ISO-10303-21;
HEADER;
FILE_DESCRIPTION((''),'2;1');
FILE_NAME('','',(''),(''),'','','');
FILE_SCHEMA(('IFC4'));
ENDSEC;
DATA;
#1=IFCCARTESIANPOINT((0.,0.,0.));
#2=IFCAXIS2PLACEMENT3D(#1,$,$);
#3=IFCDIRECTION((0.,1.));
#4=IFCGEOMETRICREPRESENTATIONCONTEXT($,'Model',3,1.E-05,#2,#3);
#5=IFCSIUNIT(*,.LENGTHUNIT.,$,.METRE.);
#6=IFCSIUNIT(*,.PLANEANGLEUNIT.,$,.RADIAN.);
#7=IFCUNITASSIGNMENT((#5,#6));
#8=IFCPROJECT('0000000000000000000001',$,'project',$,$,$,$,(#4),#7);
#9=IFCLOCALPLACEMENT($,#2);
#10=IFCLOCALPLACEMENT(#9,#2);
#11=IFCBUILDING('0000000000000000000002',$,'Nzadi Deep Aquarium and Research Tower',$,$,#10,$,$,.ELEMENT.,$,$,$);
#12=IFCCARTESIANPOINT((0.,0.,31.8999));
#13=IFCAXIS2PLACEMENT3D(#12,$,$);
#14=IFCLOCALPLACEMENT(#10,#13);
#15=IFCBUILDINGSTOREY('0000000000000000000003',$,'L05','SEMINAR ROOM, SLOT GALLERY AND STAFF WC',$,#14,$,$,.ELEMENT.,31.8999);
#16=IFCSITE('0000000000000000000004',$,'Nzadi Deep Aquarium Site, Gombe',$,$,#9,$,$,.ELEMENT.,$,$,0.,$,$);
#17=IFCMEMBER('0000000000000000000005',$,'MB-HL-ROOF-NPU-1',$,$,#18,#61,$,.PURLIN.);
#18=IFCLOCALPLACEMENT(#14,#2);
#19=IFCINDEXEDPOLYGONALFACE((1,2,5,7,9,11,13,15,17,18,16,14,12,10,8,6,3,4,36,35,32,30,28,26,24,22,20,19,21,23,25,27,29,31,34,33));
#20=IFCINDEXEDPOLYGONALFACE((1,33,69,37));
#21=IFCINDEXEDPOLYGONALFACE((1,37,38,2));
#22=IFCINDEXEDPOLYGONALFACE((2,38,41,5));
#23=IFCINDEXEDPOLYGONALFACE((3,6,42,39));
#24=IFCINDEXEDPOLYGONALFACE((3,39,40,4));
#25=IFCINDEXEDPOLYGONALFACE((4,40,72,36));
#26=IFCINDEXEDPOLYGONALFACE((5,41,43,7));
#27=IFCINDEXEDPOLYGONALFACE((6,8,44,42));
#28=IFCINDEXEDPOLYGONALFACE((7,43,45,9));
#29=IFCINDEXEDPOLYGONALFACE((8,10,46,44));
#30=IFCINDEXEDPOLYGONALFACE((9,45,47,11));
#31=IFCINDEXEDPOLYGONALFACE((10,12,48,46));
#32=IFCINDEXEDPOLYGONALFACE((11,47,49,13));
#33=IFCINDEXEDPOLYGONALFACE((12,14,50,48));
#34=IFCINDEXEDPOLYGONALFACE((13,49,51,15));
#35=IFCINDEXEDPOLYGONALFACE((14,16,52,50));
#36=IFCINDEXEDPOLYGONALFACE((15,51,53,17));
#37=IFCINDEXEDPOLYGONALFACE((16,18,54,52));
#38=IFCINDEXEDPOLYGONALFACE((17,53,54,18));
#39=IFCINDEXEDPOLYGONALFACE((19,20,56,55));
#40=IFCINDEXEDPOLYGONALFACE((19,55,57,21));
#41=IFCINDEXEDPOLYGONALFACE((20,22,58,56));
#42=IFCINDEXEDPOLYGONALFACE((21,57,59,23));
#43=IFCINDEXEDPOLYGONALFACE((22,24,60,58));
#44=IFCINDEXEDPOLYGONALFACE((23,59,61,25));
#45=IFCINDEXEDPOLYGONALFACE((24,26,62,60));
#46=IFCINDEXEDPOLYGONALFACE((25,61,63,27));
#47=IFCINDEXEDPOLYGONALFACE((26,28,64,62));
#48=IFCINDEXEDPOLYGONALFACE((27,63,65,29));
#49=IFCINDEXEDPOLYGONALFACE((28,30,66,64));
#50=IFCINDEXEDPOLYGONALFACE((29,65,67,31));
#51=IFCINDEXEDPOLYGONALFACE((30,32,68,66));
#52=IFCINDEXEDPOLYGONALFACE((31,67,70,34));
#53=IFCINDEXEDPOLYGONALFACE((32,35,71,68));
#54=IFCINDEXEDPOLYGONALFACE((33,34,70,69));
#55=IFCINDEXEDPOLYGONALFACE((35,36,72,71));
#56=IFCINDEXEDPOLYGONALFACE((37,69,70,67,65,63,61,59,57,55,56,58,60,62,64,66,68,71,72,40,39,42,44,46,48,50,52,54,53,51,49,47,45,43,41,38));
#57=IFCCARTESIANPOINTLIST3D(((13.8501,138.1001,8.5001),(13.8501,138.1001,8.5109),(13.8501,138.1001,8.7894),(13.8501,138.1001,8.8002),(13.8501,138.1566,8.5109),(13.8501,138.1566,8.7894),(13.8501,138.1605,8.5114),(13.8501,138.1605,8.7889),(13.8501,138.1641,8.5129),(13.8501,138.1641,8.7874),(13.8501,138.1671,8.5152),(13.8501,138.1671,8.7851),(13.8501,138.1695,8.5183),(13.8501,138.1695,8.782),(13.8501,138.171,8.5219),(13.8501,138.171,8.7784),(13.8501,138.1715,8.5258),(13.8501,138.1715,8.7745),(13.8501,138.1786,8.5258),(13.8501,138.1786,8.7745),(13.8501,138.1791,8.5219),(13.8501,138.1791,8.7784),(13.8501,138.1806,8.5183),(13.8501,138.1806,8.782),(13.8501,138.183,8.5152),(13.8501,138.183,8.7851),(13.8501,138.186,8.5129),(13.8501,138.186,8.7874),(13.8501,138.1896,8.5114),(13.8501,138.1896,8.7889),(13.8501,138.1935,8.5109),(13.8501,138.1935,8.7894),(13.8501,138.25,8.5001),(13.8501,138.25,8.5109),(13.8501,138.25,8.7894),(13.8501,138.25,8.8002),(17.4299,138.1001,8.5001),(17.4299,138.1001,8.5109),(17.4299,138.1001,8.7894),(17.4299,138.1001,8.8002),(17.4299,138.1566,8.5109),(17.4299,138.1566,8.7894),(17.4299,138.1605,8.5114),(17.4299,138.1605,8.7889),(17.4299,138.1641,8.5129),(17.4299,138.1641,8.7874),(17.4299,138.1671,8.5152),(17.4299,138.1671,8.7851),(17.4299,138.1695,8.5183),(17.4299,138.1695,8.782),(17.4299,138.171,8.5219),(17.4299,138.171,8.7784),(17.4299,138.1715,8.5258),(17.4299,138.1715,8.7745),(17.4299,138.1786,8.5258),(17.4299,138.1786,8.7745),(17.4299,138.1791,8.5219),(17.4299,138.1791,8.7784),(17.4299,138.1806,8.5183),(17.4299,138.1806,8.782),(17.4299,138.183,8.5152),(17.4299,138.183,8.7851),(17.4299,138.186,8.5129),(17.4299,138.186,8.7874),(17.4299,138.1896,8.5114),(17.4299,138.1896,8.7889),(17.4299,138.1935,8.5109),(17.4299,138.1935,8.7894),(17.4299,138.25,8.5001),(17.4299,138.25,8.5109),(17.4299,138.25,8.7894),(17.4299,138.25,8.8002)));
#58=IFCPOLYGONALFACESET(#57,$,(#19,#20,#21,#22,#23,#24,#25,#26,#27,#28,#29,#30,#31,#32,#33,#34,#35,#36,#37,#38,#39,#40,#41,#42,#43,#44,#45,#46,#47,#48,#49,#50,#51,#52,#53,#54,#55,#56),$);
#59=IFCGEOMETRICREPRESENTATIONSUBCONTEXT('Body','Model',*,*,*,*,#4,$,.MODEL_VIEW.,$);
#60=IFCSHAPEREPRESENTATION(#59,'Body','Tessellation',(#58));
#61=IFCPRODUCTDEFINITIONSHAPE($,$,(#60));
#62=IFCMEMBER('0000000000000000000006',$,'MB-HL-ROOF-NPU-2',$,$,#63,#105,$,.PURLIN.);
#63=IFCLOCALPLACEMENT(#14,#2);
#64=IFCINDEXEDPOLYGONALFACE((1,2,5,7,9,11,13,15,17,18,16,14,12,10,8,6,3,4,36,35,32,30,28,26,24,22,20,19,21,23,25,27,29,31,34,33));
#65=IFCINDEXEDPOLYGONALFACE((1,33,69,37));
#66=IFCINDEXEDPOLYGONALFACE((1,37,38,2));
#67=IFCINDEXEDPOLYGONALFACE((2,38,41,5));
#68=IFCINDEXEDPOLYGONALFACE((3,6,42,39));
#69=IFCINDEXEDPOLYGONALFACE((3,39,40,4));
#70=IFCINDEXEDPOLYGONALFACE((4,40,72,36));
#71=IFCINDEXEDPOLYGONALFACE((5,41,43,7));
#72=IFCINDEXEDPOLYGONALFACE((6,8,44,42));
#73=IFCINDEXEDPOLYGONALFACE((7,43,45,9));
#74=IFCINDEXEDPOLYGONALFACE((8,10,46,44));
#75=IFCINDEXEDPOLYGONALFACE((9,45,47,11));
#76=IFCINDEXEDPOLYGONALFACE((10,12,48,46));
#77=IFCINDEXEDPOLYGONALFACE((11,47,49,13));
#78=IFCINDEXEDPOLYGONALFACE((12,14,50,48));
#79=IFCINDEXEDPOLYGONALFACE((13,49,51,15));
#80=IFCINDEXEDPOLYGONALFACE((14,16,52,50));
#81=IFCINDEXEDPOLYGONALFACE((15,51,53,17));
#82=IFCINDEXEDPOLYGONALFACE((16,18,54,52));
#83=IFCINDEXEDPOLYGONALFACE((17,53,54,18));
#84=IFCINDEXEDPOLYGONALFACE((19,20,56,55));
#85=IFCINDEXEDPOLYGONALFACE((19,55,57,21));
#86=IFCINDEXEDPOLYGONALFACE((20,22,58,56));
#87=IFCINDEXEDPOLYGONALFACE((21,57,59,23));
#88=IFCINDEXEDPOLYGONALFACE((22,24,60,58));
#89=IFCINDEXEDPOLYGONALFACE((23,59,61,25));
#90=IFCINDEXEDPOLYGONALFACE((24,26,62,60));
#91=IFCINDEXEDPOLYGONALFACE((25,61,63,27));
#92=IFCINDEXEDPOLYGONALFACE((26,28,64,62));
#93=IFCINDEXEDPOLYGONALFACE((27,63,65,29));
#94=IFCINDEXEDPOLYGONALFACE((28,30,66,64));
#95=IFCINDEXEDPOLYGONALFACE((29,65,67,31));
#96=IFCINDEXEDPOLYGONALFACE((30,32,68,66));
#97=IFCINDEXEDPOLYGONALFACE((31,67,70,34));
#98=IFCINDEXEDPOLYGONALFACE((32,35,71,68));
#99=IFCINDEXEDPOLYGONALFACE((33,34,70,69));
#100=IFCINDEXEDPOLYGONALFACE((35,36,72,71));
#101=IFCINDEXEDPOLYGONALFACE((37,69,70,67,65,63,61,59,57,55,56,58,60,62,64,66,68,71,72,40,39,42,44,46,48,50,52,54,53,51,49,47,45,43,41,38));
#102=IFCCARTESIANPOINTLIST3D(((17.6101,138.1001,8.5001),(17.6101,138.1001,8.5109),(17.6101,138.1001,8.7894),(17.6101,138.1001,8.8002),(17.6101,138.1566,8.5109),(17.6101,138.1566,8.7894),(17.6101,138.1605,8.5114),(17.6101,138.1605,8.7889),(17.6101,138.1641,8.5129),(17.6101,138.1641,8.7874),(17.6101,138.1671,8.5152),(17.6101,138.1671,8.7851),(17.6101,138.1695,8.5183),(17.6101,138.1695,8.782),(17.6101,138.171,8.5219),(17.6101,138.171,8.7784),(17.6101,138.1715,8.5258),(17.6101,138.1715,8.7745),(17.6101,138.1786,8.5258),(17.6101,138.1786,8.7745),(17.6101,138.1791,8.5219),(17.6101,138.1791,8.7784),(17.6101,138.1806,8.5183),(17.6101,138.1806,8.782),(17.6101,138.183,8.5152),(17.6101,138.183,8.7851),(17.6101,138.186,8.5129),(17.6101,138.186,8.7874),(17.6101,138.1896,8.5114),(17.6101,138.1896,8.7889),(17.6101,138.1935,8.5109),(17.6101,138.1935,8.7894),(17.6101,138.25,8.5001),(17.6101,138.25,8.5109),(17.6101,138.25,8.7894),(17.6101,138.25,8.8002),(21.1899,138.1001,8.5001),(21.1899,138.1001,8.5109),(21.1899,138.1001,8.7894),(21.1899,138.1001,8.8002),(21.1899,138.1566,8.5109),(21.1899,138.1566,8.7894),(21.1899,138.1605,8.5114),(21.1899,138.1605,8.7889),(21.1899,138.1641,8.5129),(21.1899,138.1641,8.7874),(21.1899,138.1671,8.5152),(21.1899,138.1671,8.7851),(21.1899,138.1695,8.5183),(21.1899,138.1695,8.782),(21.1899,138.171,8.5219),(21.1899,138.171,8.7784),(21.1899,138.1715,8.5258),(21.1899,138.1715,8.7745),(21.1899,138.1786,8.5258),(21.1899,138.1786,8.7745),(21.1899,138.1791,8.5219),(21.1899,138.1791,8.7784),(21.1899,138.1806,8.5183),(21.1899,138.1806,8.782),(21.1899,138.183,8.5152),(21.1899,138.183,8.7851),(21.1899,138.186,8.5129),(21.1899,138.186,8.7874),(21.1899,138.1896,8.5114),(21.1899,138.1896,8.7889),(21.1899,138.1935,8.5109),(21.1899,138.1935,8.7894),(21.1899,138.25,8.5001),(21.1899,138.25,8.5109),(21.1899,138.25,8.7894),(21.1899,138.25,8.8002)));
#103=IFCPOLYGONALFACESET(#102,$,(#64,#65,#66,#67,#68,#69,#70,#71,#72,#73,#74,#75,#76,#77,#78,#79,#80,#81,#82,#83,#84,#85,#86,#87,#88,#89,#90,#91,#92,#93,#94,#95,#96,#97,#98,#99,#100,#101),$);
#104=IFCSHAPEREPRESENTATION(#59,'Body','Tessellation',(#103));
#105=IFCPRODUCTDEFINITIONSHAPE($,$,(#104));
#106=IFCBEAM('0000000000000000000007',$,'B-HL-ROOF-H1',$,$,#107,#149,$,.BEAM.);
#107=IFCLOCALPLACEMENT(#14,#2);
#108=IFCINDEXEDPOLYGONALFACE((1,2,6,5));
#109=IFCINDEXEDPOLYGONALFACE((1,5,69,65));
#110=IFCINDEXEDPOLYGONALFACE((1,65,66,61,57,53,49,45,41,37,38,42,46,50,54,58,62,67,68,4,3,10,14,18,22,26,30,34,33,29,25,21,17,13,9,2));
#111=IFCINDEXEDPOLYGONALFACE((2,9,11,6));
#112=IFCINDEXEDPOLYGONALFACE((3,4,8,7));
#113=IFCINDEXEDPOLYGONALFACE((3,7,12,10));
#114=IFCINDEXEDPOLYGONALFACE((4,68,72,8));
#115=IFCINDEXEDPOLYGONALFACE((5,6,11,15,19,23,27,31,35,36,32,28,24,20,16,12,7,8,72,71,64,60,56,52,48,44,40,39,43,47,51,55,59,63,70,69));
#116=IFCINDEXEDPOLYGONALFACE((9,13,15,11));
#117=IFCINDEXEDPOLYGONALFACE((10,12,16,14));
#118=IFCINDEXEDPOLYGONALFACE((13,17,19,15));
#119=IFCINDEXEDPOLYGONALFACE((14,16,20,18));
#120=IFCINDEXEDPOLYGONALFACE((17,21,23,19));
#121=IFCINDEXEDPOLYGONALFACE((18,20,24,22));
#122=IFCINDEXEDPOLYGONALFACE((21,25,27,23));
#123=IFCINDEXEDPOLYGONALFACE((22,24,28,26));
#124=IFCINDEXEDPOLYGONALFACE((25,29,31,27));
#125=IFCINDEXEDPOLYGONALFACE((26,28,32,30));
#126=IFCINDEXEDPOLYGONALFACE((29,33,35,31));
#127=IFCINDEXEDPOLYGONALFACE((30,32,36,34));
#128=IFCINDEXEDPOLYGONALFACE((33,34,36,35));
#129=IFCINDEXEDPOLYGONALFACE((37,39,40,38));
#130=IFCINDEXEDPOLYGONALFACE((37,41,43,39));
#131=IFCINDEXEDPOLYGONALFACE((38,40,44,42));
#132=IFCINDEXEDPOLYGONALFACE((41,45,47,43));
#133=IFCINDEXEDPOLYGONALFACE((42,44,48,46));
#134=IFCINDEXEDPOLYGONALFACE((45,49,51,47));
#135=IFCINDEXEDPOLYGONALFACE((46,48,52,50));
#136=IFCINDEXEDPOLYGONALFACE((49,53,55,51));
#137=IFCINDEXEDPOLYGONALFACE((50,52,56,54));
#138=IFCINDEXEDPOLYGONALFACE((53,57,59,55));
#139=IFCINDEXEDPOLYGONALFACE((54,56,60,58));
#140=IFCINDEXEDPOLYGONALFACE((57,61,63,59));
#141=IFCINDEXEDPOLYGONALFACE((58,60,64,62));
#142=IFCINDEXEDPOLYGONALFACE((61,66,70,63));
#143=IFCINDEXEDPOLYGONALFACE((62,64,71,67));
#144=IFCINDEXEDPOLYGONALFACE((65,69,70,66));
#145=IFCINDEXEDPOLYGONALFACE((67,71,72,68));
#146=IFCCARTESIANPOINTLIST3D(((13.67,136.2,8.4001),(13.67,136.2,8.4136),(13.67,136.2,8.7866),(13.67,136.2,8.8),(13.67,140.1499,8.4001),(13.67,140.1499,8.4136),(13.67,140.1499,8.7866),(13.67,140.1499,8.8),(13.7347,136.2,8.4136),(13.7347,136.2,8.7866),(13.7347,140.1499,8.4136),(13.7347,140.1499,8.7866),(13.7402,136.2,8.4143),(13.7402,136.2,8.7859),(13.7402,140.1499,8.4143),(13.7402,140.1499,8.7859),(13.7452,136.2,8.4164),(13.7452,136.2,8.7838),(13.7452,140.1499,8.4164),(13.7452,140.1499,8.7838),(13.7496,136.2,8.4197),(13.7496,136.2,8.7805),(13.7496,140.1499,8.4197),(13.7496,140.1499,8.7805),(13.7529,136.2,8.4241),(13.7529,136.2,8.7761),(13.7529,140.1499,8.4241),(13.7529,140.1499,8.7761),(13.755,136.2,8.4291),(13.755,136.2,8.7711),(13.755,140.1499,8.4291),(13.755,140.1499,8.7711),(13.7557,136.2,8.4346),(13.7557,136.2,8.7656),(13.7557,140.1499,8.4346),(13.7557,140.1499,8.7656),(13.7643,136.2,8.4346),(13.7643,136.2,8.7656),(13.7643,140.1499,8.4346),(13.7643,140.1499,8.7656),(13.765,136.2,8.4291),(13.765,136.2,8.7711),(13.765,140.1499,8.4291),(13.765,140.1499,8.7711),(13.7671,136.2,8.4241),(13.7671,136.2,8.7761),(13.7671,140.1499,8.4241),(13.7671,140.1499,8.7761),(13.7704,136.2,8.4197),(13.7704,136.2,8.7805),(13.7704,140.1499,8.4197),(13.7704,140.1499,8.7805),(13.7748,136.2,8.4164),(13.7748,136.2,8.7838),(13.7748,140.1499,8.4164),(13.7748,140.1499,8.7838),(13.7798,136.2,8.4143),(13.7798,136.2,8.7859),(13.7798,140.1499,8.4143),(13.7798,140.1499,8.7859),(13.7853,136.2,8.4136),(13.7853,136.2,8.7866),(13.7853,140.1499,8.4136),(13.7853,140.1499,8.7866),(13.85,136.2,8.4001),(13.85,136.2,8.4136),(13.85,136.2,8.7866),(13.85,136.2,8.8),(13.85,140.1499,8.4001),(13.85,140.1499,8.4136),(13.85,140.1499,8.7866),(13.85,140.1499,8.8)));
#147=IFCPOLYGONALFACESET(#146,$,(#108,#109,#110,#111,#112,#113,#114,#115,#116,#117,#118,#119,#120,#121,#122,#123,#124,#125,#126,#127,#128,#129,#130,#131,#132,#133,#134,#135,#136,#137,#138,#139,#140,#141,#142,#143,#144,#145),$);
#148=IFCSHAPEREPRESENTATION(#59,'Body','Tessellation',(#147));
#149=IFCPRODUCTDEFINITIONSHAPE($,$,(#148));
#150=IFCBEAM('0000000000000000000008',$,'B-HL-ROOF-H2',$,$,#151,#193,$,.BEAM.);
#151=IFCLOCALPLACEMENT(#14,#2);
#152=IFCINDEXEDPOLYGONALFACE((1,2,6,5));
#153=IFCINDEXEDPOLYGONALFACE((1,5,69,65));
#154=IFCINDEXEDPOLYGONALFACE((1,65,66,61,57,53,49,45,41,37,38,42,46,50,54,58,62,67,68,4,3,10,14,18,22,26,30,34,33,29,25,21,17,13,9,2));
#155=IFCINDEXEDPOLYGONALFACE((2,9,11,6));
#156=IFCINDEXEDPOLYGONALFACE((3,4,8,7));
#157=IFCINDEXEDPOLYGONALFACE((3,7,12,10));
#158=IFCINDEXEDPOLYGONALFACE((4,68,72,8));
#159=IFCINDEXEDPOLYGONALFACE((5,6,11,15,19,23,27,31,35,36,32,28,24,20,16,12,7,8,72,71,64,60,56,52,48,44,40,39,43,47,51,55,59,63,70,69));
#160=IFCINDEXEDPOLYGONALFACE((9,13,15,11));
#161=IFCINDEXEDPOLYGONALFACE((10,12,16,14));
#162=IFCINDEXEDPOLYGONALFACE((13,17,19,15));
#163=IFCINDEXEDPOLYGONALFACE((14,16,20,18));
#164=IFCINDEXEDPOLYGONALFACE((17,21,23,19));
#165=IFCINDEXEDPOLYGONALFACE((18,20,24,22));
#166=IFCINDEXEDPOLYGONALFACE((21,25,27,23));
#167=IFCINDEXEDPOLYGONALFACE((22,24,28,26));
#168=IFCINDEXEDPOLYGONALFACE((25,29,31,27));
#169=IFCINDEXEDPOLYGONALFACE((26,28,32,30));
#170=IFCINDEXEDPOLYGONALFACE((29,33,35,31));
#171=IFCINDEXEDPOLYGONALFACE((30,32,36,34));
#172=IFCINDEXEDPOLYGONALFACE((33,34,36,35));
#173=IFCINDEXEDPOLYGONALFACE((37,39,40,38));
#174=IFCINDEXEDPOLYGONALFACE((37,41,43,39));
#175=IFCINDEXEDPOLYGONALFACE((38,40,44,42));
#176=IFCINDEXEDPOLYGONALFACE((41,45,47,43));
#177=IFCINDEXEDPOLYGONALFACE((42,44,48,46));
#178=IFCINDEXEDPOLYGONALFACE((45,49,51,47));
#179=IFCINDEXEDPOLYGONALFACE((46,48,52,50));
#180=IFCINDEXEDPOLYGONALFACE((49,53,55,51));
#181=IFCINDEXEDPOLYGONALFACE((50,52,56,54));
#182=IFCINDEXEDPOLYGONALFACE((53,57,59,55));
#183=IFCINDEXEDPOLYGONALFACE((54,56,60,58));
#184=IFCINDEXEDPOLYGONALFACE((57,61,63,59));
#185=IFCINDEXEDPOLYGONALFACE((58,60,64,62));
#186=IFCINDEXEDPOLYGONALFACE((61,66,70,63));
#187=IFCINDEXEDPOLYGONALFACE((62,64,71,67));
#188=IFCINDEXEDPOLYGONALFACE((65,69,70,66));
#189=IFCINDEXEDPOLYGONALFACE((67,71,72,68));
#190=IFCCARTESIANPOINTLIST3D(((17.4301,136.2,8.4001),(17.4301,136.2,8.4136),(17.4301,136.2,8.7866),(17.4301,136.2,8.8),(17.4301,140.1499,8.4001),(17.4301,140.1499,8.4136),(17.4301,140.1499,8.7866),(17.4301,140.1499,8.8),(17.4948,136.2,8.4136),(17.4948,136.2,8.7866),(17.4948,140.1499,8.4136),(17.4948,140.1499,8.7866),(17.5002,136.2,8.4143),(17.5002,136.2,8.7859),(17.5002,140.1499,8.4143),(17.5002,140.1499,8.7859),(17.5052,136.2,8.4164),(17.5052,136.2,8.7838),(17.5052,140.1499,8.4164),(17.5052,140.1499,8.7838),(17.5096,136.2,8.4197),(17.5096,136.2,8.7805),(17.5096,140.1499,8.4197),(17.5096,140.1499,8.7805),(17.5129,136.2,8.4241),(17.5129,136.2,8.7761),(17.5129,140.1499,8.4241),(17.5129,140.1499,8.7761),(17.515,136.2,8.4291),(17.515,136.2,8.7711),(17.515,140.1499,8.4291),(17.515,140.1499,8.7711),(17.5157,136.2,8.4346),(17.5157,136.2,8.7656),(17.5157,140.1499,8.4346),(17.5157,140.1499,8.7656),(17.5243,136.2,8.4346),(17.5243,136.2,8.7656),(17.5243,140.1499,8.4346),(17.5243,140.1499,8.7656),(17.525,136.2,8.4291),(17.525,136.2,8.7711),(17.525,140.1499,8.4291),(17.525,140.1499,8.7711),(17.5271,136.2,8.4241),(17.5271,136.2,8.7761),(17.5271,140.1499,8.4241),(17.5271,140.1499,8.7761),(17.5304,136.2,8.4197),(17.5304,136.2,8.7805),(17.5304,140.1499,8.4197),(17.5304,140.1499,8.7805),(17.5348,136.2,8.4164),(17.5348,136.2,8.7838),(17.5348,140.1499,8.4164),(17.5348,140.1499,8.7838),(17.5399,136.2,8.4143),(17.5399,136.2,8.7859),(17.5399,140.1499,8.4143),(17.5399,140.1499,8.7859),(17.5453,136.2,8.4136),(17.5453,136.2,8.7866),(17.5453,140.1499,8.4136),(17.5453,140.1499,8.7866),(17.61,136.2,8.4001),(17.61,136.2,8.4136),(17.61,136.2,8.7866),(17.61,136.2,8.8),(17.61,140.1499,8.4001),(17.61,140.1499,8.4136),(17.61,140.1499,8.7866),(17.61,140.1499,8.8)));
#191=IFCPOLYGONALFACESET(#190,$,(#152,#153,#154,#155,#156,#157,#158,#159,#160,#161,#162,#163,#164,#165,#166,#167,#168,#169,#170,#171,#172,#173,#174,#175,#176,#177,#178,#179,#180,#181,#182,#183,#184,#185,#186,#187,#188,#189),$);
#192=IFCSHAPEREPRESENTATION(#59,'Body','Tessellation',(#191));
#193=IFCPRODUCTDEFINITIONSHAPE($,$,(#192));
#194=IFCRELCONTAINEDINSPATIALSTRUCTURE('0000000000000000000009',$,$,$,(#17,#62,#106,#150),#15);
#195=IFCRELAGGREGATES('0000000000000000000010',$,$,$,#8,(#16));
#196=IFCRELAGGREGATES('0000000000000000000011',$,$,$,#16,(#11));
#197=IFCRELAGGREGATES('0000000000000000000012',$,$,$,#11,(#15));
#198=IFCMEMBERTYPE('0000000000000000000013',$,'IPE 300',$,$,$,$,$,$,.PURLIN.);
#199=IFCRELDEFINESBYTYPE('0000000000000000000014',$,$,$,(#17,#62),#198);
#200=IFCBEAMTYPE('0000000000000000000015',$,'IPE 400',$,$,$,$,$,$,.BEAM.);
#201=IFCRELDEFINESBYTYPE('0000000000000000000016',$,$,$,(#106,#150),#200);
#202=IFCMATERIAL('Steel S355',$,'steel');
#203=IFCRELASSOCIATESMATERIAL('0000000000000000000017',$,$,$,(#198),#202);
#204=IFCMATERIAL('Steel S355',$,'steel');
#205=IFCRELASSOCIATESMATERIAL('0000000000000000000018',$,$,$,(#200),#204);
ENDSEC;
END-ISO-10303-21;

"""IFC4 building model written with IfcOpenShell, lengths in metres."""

from ifc_helpers import new_model, si_unit, direction, frame, origin, origin_2d, place, context, subcontext, project, spatial, i_section, extrude, material, material_profile, profile_set, type_object, element, save


model = new_model("IFC4")

# Units and contexts
model_context = context("Model", 3, precision=1e-05, world=origin(), true_north=direction((0.0, 1.0)))
body_context = subcontext(model_context, "Body", "Model", "MODEL_VIEW")
ifc_project = project(units=[si_unit("LENGTHUNIT", "METRE"), si_unit("PLANEANGLEUNIT", "RADIAN")], contexts=[model_context])

# Site, building, storey
site_placement = place(None, origin())
site = spatial("IfcSite", under=ifc_project, at=site_placement, Name="Nzadi Deep Aquarium Site, Gombe", CompositionType="ELEMENT", RefElevation=0.0)
building_placement = place(site_placement, origin())
building = spatial("IfcBuilding", under=site, at=building_placement, Name="Nzadi Deep Aquarium and Research Tower", CompositionType="ELEMENT")
storey_placement = place(building_placement, frame((0.0, 0.0, 31.8999)))
storey = spatial("IfcBuildingStorey", under=building, at=storey_placement, Name="L05", Description="SEMINAR ROOM, SLOT GALLERY AND STAFF WC", CompositionType="ELEMENT", Elevation=31.8999)

# Members
ifc_material_1 = material(Name="Steel S355", Category="steel")
ifc_material_profile_1 = material_profile(ifc_material_1, i_section(OverallWidth=0.1499, OverallDepth=0.3, WebThickness=0.0071, FlangeThickness=0.0107, FilletRadius=0.0149, at=origin_2d()))
ifc_profile_set_1 = profile_set([ifc_material_profile_1], Name="Steel S355")
member_type_1 = type_object("IfcMemberType", Name="IPE 300", PredefinedType="PURLIN", material=ifc_profile_set_1)
for number, where, z_axis, x_axis, name in (
    (1, (13.8501, 138.175, 8.6501), (1.0, 0.0, 0.0), (0.0, 1.0, 0.0), "MB-HL-ROOF-NPU-1"),
    (2, (17.6101, 138.175, 8.6501), (1.0, 0.0, 0.0), (0.0, 1.0, 0.0), "MB-HL-ROOF-NPU-2"),
):
    element("IfcMember", number, at=place(storey_placement, frame(where, z_axis=z_axis, x_axis=x_axis)), inside=storey, type_object=member_type_1, Name=name, PredefinedType="PURLIN", context=body_context, shape_type="SweptSolid", body=[
        extrude(i_section(OverallWidth=0.1499, OverallDepth=0.3, WebThickness=0.0071, FlangeThickness=0.0107, FilletRadius=0.0149, at=origin_2d()), origin(), (0.0, 0.0, 1.0), 3.5798),
    ])

# Beams
ifc_material_2 = material(Name="Steel S355", Category="steel")
ifc_material_profile_2 = material_profile(ifc_material_2, i_section(OverallWidth=0.1799, OverallDepth=0.3999, WebThickness=0.0085, FlangeThickness=0.0134, FilletRadius=0.021, at=origin_2d()))
ifc_profile_set_2 = profile_set([ifc_material_profile_2], Name="Steel S355")
beam_type = type_object("IfcBeamType", Name="IPE 400", PredefinedType="BEAM", material=ifc_profile_set_2)
for number, where, z_axis, x_axis, name in (
    (3, (13.76, 136.2, 8.6001), (0.0, 1.0, 0.0), (-1.0, 0.0, 0.0), "B-HL-ROOF-H1"),
    (4, (17.52, 136.2, 8.6001), (0.0, 1.0, 0.0), (-1.0, 0.0, 0.0), "B-HL-ROOF-H2"),
):
    element("IfcBeam", number, at=place(storey_placement, frame(where, z_axis=z_axis, x_axis=x_axis)), inside=storey, type_object=beam_type, Name=name, PredefinedType="BEAM", context=body_context, shape_type="SweptSolid", body=[
        extrude(i_section(OverallWidth=0.1799, OverallDepth=0.3999, WebThickness=0.0085, FlangeThickness=0.0134, FilletRadius=0.021, at=origin_2d()), origin(), (0.0, 0.0, 1.0), 3.95),
    ])

save(model, "model.ifc")
